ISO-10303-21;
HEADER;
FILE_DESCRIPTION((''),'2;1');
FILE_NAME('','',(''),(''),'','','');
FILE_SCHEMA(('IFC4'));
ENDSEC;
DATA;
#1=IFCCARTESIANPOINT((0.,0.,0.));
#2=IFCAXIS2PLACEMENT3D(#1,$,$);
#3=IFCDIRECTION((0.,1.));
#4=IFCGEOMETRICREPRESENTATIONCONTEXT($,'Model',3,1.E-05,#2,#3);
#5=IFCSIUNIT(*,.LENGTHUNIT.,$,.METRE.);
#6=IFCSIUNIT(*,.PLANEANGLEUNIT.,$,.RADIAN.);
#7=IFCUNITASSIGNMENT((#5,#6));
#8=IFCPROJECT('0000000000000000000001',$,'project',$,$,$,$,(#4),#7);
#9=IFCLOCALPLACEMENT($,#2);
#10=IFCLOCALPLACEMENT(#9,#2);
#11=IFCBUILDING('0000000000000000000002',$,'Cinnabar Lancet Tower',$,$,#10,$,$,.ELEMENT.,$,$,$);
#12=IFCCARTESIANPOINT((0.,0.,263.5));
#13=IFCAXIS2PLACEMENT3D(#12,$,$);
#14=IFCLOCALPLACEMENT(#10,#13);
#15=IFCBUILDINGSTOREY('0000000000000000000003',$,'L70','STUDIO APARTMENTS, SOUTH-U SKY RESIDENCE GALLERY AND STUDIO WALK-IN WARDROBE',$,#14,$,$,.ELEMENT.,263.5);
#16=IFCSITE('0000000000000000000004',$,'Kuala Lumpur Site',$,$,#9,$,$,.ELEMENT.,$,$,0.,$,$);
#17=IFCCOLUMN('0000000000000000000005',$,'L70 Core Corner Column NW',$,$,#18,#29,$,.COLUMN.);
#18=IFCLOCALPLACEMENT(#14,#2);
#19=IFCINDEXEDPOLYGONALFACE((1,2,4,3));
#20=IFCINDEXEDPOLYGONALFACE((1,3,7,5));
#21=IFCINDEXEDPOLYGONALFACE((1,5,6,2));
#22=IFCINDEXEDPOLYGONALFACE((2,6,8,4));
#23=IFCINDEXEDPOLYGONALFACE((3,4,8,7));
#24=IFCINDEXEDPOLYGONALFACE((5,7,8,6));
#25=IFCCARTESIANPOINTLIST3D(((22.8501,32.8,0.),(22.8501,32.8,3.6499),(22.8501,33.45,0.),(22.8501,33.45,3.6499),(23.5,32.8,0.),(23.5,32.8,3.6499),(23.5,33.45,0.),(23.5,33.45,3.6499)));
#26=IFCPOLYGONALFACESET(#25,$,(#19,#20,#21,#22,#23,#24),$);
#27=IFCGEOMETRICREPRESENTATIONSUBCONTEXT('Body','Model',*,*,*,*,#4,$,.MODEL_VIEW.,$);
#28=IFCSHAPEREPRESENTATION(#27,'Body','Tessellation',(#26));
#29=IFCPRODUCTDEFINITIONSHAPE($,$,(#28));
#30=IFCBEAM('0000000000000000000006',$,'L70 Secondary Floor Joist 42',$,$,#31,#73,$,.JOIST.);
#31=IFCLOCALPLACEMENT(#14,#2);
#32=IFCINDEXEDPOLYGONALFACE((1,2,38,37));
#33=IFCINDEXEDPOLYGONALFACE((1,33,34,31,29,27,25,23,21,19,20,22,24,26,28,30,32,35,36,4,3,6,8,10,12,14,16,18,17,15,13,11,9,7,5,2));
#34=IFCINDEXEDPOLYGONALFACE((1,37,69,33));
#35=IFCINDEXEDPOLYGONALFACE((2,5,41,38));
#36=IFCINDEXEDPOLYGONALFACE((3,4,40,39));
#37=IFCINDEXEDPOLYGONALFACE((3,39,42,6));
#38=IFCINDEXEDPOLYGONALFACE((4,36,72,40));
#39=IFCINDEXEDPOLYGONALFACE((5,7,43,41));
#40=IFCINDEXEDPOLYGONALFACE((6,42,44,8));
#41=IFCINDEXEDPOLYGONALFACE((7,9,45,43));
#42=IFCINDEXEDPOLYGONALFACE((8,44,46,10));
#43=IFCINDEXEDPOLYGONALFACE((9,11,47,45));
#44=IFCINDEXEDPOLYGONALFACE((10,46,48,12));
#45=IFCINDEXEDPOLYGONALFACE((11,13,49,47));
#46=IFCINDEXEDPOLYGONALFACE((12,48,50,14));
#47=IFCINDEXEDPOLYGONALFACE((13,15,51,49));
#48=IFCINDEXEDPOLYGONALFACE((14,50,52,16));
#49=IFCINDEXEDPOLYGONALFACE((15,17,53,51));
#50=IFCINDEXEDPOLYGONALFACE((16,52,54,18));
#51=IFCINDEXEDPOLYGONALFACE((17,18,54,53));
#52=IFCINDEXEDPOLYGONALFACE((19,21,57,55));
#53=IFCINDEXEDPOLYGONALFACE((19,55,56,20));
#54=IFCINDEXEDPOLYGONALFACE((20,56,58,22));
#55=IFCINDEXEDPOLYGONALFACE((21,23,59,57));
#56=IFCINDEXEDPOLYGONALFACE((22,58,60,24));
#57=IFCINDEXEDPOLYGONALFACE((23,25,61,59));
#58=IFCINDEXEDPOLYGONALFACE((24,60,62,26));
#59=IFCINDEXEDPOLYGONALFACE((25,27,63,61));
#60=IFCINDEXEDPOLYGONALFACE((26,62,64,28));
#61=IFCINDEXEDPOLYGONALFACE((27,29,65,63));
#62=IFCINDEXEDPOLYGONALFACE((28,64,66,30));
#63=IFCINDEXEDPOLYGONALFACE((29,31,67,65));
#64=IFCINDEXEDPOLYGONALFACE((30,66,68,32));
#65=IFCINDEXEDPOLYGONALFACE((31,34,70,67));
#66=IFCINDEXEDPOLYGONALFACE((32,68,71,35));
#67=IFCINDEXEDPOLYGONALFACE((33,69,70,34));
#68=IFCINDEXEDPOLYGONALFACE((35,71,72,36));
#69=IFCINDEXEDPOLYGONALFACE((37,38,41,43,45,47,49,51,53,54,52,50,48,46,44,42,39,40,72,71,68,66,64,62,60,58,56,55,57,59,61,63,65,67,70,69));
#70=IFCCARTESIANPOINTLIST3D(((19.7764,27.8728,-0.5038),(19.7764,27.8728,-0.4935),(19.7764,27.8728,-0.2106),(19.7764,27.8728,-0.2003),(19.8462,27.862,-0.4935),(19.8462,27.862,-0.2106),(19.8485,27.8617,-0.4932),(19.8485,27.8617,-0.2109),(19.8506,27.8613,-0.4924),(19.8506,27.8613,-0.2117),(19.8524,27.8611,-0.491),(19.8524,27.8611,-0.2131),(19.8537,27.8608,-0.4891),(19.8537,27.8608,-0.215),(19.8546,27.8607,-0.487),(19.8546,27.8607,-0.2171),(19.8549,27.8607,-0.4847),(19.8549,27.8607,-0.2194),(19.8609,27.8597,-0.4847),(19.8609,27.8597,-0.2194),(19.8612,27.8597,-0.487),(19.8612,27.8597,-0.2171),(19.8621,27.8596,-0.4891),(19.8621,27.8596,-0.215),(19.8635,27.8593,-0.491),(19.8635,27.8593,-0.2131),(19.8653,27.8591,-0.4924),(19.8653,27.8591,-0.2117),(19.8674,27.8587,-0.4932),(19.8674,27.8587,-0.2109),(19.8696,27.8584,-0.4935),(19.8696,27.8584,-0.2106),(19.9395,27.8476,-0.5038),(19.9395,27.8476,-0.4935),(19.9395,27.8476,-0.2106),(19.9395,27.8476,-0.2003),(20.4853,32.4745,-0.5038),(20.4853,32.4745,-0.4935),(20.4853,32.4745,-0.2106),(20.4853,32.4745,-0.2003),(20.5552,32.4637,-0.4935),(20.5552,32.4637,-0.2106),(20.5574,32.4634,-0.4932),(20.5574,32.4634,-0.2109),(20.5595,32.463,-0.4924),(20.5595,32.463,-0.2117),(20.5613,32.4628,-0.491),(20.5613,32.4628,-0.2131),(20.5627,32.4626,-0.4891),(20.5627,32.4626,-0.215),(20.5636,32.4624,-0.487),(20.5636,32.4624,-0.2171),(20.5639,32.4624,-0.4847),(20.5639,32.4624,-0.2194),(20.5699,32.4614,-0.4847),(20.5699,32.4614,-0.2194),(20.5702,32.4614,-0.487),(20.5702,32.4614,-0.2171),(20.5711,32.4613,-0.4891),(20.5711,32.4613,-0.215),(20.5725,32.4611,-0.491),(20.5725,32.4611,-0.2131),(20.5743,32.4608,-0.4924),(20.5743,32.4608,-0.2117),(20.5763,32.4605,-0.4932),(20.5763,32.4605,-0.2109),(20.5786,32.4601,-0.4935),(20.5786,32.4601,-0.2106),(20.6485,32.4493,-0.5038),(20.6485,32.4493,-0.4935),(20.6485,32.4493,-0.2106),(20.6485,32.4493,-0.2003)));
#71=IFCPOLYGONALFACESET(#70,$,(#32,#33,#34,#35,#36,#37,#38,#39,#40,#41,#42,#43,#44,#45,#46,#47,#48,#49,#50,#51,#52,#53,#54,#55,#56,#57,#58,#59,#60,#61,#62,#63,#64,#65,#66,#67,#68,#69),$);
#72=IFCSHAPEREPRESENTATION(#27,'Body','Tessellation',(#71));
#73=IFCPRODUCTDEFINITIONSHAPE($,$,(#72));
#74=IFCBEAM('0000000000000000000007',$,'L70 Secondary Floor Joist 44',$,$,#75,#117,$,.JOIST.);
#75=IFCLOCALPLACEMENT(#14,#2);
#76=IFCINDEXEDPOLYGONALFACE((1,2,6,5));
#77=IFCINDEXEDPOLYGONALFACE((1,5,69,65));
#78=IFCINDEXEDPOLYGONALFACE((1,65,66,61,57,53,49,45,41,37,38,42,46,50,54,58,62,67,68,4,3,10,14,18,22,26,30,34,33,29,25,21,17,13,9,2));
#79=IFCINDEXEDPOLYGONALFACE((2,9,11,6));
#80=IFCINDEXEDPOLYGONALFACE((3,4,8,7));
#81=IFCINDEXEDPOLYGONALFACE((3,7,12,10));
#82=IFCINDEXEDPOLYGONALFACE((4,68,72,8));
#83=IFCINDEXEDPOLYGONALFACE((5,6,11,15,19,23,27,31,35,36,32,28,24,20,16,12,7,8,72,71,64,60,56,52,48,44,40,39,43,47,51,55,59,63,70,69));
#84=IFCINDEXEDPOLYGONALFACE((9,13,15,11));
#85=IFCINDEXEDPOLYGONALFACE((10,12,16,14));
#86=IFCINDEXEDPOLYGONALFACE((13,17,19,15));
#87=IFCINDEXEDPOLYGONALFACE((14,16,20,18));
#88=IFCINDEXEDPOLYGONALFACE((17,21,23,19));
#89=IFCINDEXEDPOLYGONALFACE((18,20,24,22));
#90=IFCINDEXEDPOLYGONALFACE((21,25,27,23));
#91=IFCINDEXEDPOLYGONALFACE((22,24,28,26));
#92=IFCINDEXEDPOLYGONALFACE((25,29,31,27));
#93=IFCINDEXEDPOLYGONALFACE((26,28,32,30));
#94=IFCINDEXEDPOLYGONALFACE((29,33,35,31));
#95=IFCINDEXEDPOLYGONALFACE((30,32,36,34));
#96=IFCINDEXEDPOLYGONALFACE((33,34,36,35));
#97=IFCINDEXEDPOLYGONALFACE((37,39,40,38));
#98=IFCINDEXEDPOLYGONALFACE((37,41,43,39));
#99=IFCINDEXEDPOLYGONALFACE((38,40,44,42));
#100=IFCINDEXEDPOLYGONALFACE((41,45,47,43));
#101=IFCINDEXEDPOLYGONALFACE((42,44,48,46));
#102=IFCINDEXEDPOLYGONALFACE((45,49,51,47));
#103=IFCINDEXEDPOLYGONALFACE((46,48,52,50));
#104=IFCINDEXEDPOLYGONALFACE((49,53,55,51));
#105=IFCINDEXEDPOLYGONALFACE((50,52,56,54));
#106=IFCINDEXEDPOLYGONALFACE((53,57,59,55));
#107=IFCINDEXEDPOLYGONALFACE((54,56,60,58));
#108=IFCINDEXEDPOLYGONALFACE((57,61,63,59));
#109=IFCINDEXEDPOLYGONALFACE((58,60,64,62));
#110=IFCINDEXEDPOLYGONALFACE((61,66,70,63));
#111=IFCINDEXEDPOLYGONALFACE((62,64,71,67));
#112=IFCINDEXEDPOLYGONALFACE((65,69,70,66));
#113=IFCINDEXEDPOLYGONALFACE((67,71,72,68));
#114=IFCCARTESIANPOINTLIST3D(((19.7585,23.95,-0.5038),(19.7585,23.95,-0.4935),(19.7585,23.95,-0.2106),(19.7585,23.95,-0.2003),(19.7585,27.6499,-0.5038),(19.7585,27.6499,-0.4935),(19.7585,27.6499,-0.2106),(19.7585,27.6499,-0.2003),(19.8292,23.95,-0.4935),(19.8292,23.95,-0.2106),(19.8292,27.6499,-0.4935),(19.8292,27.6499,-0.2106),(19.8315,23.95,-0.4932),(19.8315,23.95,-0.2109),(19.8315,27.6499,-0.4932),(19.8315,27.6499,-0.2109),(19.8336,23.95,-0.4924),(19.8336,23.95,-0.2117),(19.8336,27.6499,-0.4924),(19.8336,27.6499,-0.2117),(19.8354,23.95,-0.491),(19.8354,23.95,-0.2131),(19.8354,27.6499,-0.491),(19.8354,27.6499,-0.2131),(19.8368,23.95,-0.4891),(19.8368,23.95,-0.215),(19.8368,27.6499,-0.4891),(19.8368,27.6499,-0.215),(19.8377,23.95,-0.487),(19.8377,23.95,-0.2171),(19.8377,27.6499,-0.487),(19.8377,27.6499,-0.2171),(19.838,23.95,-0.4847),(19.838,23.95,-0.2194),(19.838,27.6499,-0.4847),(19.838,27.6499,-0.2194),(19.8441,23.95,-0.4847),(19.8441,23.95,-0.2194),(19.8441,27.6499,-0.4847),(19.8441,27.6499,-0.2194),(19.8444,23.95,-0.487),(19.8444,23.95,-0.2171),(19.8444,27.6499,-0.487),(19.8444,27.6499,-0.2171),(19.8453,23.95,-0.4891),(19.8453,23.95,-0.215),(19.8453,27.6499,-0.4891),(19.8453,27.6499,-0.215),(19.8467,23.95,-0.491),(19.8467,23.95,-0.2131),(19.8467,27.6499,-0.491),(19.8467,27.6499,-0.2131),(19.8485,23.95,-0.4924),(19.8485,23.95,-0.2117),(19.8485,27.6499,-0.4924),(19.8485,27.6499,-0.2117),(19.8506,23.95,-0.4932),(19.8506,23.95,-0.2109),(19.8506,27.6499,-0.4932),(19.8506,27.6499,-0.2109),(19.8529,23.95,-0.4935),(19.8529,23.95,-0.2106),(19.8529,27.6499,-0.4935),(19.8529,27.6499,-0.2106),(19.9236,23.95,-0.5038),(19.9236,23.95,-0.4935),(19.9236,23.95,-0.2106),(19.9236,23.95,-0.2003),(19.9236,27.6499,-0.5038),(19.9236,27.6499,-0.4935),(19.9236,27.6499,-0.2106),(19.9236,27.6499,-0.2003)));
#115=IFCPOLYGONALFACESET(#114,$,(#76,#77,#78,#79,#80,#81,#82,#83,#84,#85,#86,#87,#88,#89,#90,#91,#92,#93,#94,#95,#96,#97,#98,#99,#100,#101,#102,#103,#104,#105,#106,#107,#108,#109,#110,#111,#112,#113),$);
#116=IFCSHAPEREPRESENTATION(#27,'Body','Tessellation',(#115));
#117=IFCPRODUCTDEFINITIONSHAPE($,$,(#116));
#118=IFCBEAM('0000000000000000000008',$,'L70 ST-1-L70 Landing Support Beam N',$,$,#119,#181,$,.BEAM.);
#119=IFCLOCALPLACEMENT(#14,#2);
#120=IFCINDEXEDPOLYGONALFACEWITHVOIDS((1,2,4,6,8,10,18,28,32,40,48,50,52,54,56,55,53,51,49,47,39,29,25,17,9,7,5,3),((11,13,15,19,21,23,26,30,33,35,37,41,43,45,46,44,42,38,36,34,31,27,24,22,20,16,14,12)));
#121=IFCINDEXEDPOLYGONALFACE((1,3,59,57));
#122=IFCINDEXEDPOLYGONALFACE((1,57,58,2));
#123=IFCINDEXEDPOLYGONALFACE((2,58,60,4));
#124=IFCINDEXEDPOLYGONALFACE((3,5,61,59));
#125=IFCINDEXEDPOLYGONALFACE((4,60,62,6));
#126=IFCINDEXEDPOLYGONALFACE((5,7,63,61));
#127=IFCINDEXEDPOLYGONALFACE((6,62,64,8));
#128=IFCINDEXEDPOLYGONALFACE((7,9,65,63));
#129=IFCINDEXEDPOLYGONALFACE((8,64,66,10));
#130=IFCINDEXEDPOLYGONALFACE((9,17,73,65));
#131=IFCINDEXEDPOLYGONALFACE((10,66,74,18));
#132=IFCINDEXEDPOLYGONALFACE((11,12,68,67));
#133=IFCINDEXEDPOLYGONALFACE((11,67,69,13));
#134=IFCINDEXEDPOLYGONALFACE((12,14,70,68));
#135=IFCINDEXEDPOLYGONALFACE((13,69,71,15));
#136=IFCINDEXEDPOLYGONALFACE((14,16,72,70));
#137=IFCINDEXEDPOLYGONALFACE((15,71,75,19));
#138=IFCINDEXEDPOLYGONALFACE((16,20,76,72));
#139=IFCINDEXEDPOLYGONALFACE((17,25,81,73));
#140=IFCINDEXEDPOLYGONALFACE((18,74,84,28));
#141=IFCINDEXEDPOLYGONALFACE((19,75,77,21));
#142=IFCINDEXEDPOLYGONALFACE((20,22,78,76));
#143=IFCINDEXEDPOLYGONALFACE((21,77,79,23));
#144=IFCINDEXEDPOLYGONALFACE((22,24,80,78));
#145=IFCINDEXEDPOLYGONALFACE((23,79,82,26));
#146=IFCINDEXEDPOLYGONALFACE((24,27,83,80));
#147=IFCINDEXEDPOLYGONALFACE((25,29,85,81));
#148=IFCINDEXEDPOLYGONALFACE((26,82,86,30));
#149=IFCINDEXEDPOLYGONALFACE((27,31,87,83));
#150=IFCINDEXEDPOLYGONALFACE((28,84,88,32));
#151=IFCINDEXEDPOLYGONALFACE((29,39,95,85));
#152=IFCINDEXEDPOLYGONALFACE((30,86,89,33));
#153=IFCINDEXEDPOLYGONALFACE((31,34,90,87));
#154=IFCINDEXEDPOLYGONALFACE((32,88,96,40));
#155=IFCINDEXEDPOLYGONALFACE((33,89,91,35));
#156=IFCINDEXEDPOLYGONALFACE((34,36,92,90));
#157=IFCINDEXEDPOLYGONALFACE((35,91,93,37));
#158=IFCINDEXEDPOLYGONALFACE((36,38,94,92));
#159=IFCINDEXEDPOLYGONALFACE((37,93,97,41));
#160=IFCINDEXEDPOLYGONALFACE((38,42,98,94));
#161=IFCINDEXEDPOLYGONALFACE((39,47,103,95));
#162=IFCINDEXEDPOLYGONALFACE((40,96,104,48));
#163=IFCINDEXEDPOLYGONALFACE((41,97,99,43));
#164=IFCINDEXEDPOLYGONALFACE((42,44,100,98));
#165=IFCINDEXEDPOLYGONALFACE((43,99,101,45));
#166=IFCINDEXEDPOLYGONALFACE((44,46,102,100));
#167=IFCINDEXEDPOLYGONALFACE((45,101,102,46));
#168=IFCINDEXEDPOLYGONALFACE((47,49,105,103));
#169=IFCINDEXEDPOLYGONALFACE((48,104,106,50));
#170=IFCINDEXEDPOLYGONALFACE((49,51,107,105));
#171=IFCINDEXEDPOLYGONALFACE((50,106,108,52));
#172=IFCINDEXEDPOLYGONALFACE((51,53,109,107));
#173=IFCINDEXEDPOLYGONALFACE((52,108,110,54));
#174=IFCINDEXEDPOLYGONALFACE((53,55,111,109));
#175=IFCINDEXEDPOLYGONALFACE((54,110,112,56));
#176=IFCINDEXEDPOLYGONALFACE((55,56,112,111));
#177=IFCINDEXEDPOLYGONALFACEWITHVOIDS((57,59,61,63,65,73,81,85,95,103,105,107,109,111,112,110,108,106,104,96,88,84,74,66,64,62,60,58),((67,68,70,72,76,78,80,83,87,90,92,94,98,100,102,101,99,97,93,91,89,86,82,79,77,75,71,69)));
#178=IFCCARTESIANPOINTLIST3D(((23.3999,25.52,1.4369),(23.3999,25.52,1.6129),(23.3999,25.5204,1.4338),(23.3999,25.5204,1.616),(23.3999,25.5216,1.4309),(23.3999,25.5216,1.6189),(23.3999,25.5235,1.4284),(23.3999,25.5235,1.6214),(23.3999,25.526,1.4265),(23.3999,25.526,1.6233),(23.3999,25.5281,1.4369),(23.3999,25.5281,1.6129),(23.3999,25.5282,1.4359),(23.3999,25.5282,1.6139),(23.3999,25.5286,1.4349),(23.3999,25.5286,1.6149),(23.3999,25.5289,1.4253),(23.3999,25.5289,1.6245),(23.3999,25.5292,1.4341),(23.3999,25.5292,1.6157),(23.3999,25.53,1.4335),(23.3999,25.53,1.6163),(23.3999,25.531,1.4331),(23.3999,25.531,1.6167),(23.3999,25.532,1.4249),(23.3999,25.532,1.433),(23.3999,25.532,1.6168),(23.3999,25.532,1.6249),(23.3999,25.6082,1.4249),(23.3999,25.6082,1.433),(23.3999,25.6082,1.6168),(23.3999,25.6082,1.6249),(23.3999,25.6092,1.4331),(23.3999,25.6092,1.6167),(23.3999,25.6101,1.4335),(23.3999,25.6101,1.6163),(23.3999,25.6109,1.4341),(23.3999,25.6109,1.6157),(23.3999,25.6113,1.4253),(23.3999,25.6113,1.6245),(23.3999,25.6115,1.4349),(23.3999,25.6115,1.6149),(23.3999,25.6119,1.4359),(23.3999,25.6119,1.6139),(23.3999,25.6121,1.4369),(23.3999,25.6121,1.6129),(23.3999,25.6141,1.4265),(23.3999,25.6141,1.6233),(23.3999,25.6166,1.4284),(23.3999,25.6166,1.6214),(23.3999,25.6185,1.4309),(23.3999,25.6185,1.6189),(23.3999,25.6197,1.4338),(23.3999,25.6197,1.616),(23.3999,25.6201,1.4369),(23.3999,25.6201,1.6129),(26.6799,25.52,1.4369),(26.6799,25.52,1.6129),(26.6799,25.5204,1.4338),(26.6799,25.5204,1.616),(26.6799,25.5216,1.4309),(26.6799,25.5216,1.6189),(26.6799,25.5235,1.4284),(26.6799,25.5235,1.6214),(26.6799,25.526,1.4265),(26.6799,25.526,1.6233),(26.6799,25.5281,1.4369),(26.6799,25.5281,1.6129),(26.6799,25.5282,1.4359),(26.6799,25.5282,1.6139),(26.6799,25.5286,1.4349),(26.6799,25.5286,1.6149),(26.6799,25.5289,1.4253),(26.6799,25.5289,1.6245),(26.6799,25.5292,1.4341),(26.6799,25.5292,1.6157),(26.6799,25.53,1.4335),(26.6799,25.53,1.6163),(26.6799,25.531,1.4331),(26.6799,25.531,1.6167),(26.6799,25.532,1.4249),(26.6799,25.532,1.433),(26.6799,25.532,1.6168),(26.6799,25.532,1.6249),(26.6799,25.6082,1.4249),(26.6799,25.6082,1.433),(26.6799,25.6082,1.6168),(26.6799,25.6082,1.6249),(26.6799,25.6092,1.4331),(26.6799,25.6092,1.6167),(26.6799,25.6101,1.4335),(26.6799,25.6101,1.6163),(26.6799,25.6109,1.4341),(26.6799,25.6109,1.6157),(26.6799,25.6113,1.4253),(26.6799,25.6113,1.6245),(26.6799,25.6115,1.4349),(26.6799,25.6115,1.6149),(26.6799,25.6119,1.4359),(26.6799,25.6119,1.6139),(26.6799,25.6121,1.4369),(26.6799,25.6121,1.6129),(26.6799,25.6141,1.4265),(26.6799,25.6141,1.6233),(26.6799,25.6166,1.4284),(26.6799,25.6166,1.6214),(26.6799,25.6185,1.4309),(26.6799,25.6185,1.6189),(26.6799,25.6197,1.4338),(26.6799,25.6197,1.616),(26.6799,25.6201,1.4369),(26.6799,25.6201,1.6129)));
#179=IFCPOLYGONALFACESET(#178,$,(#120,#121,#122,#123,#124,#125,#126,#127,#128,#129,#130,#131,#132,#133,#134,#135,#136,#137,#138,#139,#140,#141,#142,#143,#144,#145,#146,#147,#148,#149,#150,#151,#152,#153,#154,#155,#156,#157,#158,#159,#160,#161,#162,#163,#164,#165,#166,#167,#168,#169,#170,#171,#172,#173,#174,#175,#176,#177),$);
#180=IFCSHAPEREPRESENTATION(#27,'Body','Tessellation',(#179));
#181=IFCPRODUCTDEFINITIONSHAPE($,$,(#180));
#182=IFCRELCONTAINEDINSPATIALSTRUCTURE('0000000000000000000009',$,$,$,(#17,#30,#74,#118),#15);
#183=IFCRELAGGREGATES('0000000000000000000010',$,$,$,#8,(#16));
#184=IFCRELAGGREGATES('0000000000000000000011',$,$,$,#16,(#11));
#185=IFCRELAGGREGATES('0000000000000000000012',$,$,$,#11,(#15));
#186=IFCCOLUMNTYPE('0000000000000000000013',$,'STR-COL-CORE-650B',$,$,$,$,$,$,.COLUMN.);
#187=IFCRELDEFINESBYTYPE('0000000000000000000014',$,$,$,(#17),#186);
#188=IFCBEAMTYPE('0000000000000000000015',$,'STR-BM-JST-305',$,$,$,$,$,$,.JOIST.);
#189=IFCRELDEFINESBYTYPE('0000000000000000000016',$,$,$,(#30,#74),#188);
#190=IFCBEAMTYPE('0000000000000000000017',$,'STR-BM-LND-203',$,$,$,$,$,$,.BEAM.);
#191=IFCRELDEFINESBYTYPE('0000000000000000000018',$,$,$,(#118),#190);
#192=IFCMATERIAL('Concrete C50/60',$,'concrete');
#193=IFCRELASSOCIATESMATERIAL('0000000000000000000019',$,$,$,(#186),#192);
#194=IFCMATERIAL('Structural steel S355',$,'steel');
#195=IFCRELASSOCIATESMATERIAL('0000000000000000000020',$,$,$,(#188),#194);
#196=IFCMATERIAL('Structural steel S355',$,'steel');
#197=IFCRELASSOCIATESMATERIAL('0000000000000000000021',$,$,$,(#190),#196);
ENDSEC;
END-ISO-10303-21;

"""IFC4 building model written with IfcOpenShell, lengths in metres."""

from ifc_helpers import new_model, si_unit, direction, frame, origin, origin_2d, place, context, subcontext, project, spatial, rectangle, hollow_rectangle, i_section, extrude, material, material_profile, profile_set, type_object, element, save


model = new_model("IFC4")

# Units and contexts
model_context = context("Model", 3, precision=1e-05, world=origin(), true_north=direction((0.0, 1.0)))
body_context = subcontext(model_context, "Body", "Model", "MODEL_VIEW")
ifc_project = project(units=[si_unit("LENGTHUNIT", "METRE"), si_unit("PLANEANGLEUNIT", "RADIAN")], contexts=[model_context])

# Site, building, storey
site_placement = place(None, origin())
site = spatial("IfcSite", under=ifc_project, at=site_placement, Name="Kuala Lumpur Site", CompositionType="ELEMENT", RefElevation=0.0)
building_placement = place(site_placement, origin())
building = spatial("IfcBuilding", under=site, at=building_placement, Name="Cinnabar Lancet Tower", CompositionType="ELEMENT")
storey_placement = place(building_placement, frame((0.0, 0.0, 263.5)))
storey = spatial("IfcBuildingStorey", under=building, at=storey_placement, Name="L70", Description="STUDIO APARTMENTS, SOUTH-U SKY RESIDENCE GALLERY AND STUDIO WALK-IN WARDROBE", CompositionType="ELEMENT", Elevation=263.5)

# Column
ifc_material_1 = material(Name="Concrete C50/60", Category="concrete")
ifc_material_profile_1 = material_profile(ifc_material_1, rectangle(XDim=0.6499, YDim=0.6499, at=origin_2d()), Name="RC-COL 650x650")
ifc_profile_set_1 = profile_set([ifc_material_profile_1], Name="Concrete C50/60")
column_type = type_object("IfcColumnType", Name="STR-COL-CORE-650B", PredefinedType="COLUMN", material=ifc_profile_set_1)
column_placement = place(storey_placement, frame((23.175, 33.125, 0.0), z_axis=(0.0, 0.0, 1.0), x_axis=(1.0, 0.0, 0.0)))
element("IfcColumn", 1, at=column_placement, inside=storey, type_object=column_type, Name="L70 Core Corner Column NW", PredefinedType="COLUMN", context=body_context, shape_type="SweptSolid", body=[
    extrude(rectangle(XDim=0.6499, YDim=0.6499, at=origin_2d()), origin(), (0.0, 0.0, 1.0), 3.6499),
])

# Beams
ifc_material_2 = material(Name="Structural steel S355", Category="steel")
ifc_material_profile_2 = material_profile(ifc_material_2, i_section(OverallWidth=0.165, OverallDepth=0.3035, WebThickness=0.0061, FlangeThickness=0.0103, FilletRadius=0.0088, at=origin_2d()), Name="UKB 305x165x40")
ifc_profile_set_2 = profile_set([ifc_material_profile_2], Name="Structural steel S355")
beam_type_1 = type_object("IfcBeamType", Name="STR-BM-JST-305", PredefinedType="JOIST", material=ifc_profile_set_2)
beam_1_placement = place(storey_placement, frame((20.5669, 32.4619, -0.3521), z_axis=(-0.15227, -0.988339, 0.0), x_axis=(0.988339, -0.15227, 0.0)))
element("IfcBeam", 2, at=beam_1_placement, inside=storey, type_object=beam_type_1, Name="L70 Secondary Floor Joist 42", PredefinedType="JOIST", context=body_context, shape_type="SweptSolid", body=[
    extrude(i_section(OverallWidth=0.165, OverallDepth=0.3035, WebThickness=0.0061, FlangeThickness=0.0103, FilletRadius=0.0088, at=origin_2d()), origin(), (0.0, 0.0, 1.0), 4.656),
])
beam_2_placement = place(storey_placement, frame((19.8411, 27.6499, -0.3521), z_axis=(0.0, -1.0, 0.0), x_axis=(1.0, 0.0, 0.0)))
element("IfcBeam", 3, at=beam_2_placement, inside=storey, type_object=beam_type_1, Name="L70 Secondary Floor Joist 44", PredefinedType="JOIST", context=body_context, shape_type="SweptSolid", body=[
    extrude(i_section(OverallWidth=0.165, OverallDepth=0.3035, WebThickness=0.0061, FlangeThickness=0.0103, FilletRadius=0.0088, at=origin_2d()), origin(), (0.0, 0.0, 1.0), 3.7),
])
ifc_material_3 = material(Name="Structural steel S355", Category="steel")
ifc_material_profile_3 = material_profile(ifc_material_3, hollow_rectangle(XDim=0.1001, YDim=0.2, WallThickness=0.0081, InnerFilletRadius=0.0039, OuterFilletRadius=0.012, at=origin_2d()), Name="RHS 200x100x8")
ifc_profile_set_3 = profile_set([ifc_material_profile_3], Name="Structural steel S355")
beam_type_2 = type_object("IfcBeamType", Name="STR-BM-LND-203", PredefinedType="BEAM", material=ifc_profile_set_3)
beam_3_placement = place(storey_placement, frame((23.3999, 25.5701, 1.5249), z_axis=(1.0, 0.0, 0.0), x_axis=(0.0, 1.0, 0.0)))
element("IfcBeam", 4, at=beam_3_placement, inside=storey, type_object=beam_type_2, Name="L70 ST-1-L70 Landing Support Beam N", PredefinedType="BEAM", context=body_context, shape_type="SweptSolid", body=[
    extrude(hollow_rectangle(XDim=0.1001, YDim=0.2, WallThickness=0.0081, InnerFilletRadius=0.0039, OuterFilletRadius=0.012, at=origin_2d()), origin(), (0.0, 0.0, 1.0), 3.28),
])

save(model, "model.ifc")
